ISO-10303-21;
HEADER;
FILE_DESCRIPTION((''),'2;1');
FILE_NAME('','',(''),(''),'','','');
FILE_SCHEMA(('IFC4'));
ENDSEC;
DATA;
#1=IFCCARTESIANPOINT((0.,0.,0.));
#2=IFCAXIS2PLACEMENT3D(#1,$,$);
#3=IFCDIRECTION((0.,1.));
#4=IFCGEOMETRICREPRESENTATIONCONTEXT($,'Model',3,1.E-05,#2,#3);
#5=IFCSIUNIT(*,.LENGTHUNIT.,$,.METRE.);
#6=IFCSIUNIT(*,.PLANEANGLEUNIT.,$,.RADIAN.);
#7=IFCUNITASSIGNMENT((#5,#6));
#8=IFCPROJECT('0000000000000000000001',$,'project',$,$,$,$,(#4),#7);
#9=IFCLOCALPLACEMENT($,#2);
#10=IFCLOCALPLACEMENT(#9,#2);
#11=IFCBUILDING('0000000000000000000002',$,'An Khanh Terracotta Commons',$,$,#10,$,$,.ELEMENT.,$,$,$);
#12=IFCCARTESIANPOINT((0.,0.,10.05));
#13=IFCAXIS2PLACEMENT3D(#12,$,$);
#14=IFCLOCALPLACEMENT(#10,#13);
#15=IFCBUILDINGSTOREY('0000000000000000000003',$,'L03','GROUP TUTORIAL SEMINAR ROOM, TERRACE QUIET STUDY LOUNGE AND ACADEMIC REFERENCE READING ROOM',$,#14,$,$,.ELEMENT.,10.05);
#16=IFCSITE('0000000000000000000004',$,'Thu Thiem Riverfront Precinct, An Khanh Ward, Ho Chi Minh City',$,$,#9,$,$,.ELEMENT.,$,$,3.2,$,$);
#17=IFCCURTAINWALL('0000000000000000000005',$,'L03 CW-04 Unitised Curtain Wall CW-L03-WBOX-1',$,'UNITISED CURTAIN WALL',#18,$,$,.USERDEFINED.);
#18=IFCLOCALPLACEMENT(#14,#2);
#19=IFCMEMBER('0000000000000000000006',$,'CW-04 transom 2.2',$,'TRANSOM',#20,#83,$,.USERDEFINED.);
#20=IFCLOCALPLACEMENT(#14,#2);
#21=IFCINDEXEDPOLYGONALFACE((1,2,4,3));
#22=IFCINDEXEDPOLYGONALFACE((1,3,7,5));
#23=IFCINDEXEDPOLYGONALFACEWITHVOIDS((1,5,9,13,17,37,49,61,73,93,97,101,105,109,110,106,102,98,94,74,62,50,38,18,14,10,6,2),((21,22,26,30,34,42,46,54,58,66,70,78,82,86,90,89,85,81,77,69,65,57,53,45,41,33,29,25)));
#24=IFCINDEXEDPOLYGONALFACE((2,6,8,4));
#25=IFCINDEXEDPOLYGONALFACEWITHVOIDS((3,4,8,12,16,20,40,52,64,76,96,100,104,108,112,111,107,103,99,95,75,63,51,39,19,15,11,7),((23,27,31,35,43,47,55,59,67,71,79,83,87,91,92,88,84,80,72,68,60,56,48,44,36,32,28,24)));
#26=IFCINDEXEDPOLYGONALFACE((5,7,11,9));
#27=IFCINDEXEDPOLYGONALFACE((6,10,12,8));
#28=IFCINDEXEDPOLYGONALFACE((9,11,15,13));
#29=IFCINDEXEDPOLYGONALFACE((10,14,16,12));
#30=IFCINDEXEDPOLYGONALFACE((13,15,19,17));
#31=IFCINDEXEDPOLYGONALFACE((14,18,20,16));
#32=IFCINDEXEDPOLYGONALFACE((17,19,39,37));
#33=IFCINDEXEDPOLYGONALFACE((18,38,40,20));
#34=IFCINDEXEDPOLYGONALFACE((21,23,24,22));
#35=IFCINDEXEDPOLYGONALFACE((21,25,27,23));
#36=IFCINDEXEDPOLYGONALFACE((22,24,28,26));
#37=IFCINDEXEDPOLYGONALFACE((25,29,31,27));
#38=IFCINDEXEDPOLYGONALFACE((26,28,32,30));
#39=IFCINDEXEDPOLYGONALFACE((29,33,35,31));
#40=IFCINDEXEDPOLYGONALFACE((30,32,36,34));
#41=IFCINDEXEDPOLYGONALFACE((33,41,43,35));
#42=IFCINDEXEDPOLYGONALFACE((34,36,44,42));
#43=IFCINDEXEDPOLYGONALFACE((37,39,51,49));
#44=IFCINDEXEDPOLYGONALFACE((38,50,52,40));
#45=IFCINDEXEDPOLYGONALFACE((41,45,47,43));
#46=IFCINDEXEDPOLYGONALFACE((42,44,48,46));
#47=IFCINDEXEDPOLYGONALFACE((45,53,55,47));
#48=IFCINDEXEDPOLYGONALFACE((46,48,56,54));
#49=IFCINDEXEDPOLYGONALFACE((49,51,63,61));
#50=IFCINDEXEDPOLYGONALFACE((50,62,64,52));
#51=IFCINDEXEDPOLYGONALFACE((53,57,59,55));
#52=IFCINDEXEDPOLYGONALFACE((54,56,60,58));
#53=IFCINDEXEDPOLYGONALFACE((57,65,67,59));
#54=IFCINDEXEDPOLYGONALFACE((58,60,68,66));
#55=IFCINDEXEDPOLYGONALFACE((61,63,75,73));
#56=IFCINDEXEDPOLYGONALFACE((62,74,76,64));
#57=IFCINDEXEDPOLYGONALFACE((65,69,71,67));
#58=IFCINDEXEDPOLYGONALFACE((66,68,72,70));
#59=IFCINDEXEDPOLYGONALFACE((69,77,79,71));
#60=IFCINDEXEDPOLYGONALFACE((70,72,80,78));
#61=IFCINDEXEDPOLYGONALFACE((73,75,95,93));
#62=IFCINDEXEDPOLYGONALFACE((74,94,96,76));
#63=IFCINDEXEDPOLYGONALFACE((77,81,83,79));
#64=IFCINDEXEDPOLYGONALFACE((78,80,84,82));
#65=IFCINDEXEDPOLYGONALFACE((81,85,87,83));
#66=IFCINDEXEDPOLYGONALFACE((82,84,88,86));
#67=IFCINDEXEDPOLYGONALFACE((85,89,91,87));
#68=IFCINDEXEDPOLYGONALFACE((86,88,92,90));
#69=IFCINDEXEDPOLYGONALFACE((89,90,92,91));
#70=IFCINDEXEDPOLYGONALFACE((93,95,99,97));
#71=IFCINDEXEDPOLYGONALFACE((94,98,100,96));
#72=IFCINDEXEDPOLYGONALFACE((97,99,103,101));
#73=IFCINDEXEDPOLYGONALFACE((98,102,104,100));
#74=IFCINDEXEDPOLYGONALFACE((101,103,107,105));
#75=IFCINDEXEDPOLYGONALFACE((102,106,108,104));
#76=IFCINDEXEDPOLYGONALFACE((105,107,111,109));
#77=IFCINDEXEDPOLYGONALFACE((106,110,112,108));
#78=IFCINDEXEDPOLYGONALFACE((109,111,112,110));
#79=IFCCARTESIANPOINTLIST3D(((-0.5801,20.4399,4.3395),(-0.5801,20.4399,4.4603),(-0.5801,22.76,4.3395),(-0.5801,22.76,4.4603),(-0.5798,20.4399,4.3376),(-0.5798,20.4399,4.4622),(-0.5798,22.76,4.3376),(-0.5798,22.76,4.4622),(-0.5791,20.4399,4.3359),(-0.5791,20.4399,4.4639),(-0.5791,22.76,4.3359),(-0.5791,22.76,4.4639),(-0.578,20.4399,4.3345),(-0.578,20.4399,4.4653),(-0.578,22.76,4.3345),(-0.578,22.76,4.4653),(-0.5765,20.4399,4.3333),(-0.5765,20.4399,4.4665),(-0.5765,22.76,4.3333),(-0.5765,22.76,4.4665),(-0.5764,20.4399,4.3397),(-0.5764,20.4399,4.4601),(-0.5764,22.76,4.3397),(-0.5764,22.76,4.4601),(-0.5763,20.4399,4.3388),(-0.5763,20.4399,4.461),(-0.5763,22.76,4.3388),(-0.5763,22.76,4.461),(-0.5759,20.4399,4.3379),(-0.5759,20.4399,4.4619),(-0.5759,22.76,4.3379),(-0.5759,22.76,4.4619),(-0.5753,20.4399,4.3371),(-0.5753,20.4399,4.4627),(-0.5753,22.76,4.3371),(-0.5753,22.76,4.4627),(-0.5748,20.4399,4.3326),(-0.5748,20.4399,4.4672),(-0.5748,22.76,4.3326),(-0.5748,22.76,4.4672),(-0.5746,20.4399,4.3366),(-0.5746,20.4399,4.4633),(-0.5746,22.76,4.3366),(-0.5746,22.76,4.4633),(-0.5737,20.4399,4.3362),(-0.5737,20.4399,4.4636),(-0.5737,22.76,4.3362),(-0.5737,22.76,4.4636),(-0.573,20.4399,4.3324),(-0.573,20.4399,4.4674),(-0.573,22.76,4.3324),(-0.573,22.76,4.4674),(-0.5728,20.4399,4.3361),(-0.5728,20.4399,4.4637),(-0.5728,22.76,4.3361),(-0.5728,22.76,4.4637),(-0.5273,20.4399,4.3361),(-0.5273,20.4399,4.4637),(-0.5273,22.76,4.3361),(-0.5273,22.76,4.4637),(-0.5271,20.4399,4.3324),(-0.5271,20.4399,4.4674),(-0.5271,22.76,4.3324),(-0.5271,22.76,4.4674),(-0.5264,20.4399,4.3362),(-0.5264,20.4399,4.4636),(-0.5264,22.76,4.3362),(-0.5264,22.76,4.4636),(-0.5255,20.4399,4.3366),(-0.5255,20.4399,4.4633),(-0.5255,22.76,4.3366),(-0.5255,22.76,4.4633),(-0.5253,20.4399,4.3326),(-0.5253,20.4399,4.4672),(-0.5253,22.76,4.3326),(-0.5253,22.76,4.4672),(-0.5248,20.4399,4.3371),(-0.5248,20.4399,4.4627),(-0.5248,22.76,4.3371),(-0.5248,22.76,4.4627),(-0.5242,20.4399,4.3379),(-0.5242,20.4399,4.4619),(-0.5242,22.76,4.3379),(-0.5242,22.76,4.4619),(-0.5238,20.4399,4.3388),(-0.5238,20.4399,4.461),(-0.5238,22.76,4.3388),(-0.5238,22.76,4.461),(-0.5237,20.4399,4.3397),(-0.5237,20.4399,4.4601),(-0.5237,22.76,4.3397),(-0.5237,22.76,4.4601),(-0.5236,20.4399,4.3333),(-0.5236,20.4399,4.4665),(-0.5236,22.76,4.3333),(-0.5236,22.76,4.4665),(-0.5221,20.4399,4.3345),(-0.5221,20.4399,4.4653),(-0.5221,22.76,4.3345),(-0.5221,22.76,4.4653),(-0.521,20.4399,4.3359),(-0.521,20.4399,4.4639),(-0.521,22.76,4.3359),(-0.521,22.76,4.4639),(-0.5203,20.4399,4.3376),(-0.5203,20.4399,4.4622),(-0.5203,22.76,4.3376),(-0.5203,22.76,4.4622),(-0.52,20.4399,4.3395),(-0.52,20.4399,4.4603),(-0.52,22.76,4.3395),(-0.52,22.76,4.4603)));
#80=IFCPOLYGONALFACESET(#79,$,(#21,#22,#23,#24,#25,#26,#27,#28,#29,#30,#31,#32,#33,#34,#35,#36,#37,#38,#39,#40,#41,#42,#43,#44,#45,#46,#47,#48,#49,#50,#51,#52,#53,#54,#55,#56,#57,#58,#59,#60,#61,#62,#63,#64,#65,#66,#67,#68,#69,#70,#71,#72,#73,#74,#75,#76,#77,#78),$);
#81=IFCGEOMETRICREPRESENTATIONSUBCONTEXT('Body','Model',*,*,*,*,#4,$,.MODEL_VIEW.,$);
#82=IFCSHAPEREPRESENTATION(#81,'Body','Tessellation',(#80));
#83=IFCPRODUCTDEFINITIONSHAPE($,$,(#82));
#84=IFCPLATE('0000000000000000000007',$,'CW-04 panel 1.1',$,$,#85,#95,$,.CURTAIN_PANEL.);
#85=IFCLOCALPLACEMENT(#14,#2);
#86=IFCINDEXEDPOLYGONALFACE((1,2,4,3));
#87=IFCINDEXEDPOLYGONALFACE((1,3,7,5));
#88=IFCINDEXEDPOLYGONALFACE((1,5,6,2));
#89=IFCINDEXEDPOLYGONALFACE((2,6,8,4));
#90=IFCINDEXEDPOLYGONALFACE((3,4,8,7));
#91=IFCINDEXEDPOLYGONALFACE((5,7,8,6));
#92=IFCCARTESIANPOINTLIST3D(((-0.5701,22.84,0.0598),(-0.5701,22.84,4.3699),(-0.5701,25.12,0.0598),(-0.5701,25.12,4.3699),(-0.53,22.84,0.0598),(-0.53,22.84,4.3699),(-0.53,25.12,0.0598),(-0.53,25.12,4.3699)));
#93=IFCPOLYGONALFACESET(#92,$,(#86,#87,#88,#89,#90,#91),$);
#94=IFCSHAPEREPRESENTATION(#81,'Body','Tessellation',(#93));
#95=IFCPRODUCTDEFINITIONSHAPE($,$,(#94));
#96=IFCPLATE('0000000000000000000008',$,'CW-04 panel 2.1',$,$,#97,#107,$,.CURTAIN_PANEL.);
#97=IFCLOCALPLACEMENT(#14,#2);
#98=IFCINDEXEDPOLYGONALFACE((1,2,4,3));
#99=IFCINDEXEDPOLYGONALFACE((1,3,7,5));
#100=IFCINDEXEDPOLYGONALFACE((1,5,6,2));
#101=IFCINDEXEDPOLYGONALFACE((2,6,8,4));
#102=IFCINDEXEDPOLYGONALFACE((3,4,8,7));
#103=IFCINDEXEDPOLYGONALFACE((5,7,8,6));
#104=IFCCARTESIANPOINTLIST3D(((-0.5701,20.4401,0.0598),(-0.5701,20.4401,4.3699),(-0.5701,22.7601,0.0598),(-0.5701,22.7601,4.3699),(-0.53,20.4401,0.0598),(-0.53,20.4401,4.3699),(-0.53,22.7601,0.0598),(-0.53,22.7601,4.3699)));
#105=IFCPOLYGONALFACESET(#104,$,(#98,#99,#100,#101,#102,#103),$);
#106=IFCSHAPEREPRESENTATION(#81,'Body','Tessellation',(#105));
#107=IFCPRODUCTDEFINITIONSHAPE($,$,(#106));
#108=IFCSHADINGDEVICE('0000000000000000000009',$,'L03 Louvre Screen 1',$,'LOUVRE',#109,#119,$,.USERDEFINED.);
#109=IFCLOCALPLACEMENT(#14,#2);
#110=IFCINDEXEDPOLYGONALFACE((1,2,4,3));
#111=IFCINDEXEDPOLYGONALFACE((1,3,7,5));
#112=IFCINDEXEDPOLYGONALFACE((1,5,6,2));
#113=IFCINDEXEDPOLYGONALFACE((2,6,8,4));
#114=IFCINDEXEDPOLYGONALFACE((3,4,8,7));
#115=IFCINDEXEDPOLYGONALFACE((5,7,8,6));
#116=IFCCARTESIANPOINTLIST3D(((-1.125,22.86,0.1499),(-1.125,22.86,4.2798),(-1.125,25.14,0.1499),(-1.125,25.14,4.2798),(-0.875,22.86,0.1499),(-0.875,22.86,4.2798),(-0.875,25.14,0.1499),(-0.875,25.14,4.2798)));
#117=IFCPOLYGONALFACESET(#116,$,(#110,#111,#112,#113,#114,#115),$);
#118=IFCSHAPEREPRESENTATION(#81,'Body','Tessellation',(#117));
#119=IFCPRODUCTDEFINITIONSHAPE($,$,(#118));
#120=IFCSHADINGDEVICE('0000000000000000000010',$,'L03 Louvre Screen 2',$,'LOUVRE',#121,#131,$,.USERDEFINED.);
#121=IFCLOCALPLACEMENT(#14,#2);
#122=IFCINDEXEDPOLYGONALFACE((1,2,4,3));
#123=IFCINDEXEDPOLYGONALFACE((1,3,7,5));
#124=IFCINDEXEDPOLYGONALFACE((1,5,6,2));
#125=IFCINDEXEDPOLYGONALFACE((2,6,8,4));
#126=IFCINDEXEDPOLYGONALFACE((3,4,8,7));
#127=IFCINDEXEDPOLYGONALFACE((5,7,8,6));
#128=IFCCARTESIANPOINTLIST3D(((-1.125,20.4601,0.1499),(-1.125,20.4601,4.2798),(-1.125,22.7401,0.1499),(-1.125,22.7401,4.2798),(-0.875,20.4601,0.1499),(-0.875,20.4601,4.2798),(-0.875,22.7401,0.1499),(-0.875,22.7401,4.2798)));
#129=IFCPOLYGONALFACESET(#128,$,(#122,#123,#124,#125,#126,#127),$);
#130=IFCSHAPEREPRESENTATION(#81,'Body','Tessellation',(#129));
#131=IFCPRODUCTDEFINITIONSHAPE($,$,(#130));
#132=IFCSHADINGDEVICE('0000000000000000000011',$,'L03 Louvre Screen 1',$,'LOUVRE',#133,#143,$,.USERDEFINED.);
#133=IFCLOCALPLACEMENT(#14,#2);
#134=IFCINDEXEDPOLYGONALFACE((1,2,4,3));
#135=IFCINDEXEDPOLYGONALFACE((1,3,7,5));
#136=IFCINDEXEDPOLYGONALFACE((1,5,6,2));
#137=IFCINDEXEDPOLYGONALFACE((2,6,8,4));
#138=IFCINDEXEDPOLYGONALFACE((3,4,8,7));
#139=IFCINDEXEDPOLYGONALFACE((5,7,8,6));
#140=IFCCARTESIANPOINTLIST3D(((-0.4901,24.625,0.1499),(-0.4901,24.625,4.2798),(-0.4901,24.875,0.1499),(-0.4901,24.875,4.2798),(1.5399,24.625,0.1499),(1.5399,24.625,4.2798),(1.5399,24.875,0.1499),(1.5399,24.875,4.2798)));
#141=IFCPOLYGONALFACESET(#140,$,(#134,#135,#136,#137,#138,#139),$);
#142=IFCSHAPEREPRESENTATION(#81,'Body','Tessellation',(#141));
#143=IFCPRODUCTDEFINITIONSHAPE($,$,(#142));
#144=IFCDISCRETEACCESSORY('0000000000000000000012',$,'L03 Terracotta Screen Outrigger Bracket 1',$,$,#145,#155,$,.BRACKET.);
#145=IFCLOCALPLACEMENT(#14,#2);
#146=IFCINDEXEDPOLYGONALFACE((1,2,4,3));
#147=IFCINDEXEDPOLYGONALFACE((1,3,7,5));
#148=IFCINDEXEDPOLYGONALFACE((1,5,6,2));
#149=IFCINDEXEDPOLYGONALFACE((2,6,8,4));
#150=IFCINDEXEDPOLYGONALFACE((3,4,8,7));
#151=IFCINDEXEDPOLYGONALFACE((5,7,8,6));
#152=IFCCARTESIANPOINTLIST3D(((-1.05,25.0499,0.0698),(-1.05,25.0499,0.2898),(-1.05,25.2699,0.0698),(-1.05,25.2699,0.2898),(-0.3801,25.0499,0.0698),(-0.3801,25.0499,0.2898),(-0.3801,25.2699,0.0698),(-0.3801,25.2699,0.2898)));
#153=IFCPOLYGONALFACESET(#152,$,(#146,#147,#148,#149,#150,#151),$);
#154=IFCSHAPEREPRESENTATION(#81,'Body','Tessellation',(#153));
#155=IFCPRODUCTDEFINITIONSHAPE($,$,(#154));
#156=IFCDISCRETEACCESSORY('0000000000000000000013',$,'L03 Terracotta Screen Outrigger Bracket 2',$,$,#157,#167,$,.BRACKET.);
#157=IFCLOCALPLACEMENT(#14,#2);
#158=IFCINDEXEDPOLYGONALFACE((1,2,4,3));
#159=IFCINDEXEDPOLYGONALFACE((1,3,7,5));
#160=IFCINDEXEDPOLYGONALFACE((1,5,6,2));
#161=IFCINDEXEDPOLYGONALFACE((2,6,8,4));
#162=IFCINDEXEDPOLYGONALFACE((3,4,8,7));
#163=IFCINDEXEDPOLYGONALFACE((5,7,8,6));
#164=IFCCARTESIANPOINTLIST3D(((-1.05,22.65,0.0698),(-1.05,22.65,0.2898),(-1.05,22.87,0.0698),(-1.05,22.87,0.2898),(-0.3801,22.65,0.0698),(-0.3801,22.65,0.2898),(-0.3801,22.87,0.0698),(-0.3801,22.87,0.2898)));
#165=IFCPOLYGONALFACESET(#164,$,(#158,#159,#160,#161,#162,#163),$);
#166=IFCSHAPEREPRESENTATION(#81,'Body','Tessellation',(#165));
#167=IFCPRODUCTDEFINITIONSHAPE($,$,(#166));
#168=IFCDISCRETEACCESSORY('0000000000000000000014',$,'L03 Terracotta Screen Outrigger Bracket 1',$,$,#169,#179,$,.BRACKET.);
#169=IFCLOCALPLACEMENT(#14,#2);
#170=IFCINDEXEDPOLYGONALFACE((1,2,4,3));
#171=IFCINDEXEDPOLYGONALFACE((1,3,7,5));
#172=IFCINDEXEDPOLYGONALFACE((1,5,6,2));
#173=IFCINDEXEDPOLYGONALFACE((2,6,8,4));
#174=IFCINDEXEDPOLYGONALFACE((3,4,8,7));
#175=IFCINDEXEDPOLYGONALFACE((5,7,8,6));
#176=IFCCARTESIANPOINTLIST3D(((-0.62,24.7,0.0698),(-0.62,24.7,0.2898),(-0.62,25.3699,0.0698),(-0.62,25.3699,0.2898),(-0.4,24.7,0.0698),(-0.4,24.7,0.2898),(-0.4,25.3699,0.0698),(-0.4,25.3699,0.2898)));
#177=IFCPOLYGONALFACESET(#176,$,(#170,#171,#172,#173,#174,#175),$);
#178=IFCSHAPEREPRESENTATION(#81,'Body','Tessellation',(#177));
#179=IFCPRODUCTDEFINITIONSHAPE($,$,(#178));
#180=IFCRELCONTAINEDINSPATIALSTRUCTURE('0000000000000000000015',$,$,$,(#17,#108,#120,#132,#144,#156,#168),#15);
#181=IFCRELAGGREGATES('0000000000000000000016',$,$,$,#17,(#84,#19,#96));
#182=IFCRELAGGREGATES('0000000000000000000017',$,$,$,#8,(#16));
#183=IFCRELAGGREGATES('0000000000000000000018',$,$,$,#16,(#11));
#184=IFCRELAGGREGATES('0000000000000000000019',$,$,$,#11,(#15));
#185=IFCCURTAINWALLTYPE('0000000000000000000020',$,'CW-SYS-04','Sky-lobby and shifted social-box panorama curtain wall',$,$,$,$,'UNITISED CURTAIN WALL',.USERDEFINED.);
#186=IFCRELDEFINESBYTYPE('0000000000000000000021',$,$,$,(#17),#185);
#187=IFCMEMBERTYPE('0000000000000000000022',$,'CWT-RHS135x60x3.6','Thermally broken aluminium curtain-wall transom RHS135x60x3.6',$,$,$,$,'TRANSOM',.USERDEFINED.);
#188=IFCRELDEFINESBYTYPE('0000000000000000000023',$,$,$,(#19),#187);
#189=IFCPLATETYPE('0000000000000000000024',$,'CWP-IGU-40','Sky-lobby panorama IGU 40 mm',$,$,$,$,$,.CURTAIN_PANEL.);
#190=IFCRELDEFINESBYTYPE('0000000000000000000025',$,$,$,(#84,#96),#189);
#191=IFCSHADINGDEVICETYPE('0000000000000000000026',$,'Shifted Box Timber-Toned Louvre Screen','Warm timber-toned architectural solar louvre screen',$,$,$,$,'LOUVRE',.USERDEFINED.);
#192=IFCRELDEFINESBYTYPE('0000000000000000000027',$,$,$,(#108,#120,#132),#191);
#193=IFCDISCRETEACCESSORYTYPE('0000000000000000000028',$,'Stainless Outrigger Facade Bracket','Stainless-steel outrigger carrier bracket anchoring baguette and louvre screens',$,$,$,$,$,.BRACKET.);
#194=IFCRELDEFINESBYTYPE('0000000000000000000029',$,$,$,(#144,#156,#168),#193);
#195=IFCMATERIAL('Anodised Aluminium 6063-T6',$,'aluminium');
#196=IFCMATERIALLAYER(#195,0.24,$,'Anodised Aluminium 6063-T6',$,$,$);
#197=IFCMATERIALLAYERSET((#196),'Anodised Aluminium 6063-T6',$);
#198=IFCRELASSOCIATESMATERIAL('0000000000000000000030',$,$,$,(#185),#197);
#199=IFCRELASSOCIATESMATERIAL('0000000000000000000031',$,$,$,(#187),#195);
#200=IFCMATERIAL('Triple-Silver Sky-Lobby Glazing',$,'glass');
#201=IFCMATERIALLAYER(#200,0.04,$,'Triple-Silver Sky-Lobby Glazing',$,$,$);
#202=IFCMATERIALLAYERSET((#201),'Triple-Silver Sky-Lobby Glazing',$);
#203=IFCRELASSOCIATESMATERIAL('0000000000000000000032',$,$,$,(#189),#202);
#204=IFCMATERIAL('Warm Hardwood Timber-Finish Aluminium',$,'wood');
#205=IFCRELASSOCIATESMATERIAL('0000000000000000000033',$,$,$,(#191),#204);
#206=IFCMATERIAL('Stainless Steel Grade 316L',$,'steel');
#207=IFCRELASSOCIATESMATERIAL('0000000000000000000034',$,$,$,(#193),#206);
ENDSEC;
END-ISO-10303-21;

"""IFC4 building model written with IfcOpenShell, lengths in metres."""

from ifc_helpers import new_model, si_unit, direction, frame, origin, origin_2d, place, context, subcontext, project, spatial, rectangle, hollow_rectangle, extrude, material, layer, layer_set, material_profile, profile_set, type_object, element, aggregate, save


model = new_model("IFC4")

# Units and contexts
model_context = context("Model", 3, precision=1e-05, world=origin(), true_north=direction((0.0, 1.0)))
body_context = subcontext(model_context, "Body", "Model", "MODEL_VIEW")
ifc_project = project(units=[si_unit("LENGTHUNIT", "METRE"), si_unit("PLANEANGLEUNIT", "RADIAN")], contexts=[model_context])

# Site, building, storey
site_placement = place(None, origin())
site = spatial("IfcSite", under=ifc_project, at=site_placement, Name="Thu Thiem Riverfront Precinct, An Khanh Ward, Ho Chi Minh City", CompositionType="ELEMENT", RefElevation=3.2)
building_placement = place(site_placement, origin())
building = spatial("IfcBuilding", under=site, at=building_placement, Name="An Khanh Terracotta Commons", CompositionType="ELEMENT")
storey_placement = place(building_placement, frame((0.0, 0.0, 10.05)))
storey = spatial("IfcBuildingStorey", under=building, at=storey_placement, Name="L03", Description="GROUP TUTORIAL SEMINAR ROOM, TERRACE QUIET STUDY LOUNGE AND ACADEMIC REFERENCE READING ROOM", CompositionType="ELEMENT", Elevation=10.05)

# Curtain wall, member, plates
ifc_material_1 = material(Name="Anodised Aluminium 6063-T6", Category="aluminium")
ifc_layer_1 = layer(ifc_material_1, 0.24, Name="Anodised Aluminium 6063-T6")
ifc_layer_set_1 = layer_set([ifc_layer_1], Name="Anodised Aluminium 6063-T6")
curtain_wall_type = type_object("IfcCurtainWallType", Name="CW-SYS-04", Description="Sky-lobby and shifted social-box panorama curtain wall", ElementType="UNITISED CURTAIN WALL", PredefinedType="USERDEFINED", material=ifc_layer_set_1)
curtain_wall_placement = place(storey_placement, origin())
curtain_wall = element("IfcCurtainWall", 1, at=curtain_wall_placement, inside=storey, type_object=curtain_wall_type, Name="L03 CW-04 Unitised Curtain Wall CW-L03-WBOX-1", ObjectType="UNITISED CURTAIN WALL", PredefinedType="USERDEFINED")
ifc_material_profile_1 = material_profile(ifc_material_1, hollow_rectangle(XDim=0.0601, YDim=0.135, WallThickness=0.0037, InnerFilletRadius=0.0037, OuterFilletRadius=0.0071, at=origin_2d()), Name="RHS135x60x3.6")
ifc_profile_set_1 = profile_set([ifc_material_profile_1], Name="Anodised Aluminium 6063-T6")
member_type_1 = type_object("IfcMemberType", Name="CWT-RHS135x60x3.6", Description="Thermally broken aluminium curtain-wall transom RHS135x60x3.6", ElementType="TRANSOM", PredefinedType="USERDEFINED", material=ifc_profile_set_1)
member_1_placement = place(storey_placement, frame((-0.55, 22.76, 4.3999), z_axis=(0.0, -1.0, 0.0), x_axis=(1.0, 0.0, 0.0)))
member_1 = element("IfcMember", 2, at=member_1_placement, type_object=member_type_1, Name="CW-04 transom 2.2", ObjectType="TRANSOM", PredefinedType="USERDEFINED", context=body_context, shape_type="SweptSolid", body=[
    extrude(hollow_rectangle(XDim=0.0601, YDim=0.135, WallThickness=0.0037, InnerFilletRadius=0.0037, OuterFilletRadius=0.0071, at=origin_2d()), origin(), (0.0, 0.0, 1.0), 2.3201),
])
ifc_material_2 = material(Name="Triple-Silver Sky-Lobby Glazing", Category="glass")
ifc_layer_2 = layer(ifc_material_2, 0.04, Name="Triple-Silver Sky-Lobby Glazing")
ifc_layer_set_2 = layer_set([ifc_layer_2], Name="Triple-Silver Sky-Lobby Glazing")
plate_type = type_object("IfcPlateType", Name="CWP-IGU-40", Description="Sky-lobby panorama IGU 40 mm", PredefinedType="CURTAIN_PANEL", material=ifc_layer_set_2)
plate_1_placement = place(storey_placement, frame((-0.55, 23.98, 0.0598), z_axis=(0.0, 0.0, 1.0), x_axis=(0.0, -1.0, 0.0)))
plate_1 = element("IfcPlate", 3, at=plate_1_placement, type_object=plate_type, Name="CW-04 panel 1.1", PredefinedType="CURTAIN_PANEL", context=body_context, shape_type="SweptSolid", body=[
    extrude(rectangle(XDim=2.28, YDim=0.04, at=origin_2d()), origin(), (0.0, 0.0, 1.0), 4.3101),
])
plate_2_placement = place(storey_placement, frame((-0.55, 21.6001, 0.0598), z_axis=(0.0, 0.0, 1.0), x_axis=(0.0, -1.0, 0.0)))
plate_2 = element("IfcPlate", 4, at=plate_2_placement, type_object=plate_type, Name="CW-04 panel 2.1", PredefinedType="CURTAIN_PANEL", context=body_context, shape_type="SweptSolid", body=[
    extrude(rectangle(XDim=2.3201, YDim=0.04, at=origin_2d()), origin(), (0.0, 0.0, 1.0), 4.3101),
])
aggregate(curtain_wall, [plate_1, member_1, plate_2])

# Shading devices
ifc_material_3 = material(Name="Warm Hardwood Timber-Finish Aluminium", Category="wood")
shading_device_type = type_object("IfcShadingDeviceType", Name="Shifted Box Timber-Toned Louvre Screen", Description="Warm timber-toned architectural solar louvre screen", ElementType="LOUVRE", PredefinedType="USERDEFINED", material=ifc_material_3)
for number, where, z_axis, x_axis, name in (
    (5, (-1.0, 24.0, 0.1499), (0.0, 0.0, 1.0), (0.0, -1.0, 0.0), "L03 Louvre Screen 1"),
    (6, (-1.0, 21.6001, 0.1499), (0.0, 0.0, 1.0), (0.0, -1.0, 0.0), "L03 Louvre Screen 2"),
):
    element("IfcShadingDevice", number, at=place(storey_placement, frame(where, z_axis=z_axis, x_axis=x_axis)), inside=storey, type_object=shading_device_type, Name=name, ObjectType="LOUVRE", PredefinedType="USERDEFINED", context=body_context, shape_type="SweptSolid", body=[
        extrude(rectangle(XDim=2.28, YDim=0.25, at=origin_2d()), origin(), (0.0, 0.0, 1.0), 4.1299),
    ])
shading_device_placement = place(storey_placement, frame((0.5249, 24.75, 0.1499), z_axis=(0.0, 0.0, 1.0), x_axis=(1.0, 0.0, 0.0)))
element("IfcShadingDevice", 7, at=shading_device_placement, inside=storey, type_object=shading_device_type, Name="L03 Louvre Screen 1", ObjectType="LOUVRE", PredefinedType="USERDEFINED", context=body_context, shape_type="SweptSolid", body=[
    extrude(rectangle(XDim=2.03, YDim=0.25, at=origin_2d()), origin(), (0.0, 0.0, 1.0), 4.1299),
])

# Discrete accessories
ifc_material_4 = material(Name="Stainless Steel Grade 316L", Category="steel")
discrete_accessory_type = type_object("IfcDiscreteAccessoryType", Name="Stainless Outrigger Facade Bracket", Description="Stainless-steel outrigger carrier bracket anchoring baguette and louvre screens", PredefinedType="BRACKET", material=ifc_material_4)
for number, where, z_axis, x_axis, name in (
    (8, (-0.7151, 25.1599, 0.0698), (0.0, 0.0, 1.0), (0.0, -1.0, 0.0), "L03 Terracotta Screen Outrigger Bracket 1"),
    (9, (-0.7151, 22.76, 0.0698), (0.0, 0.0, 1.0), (0.0, -1.0, 0.0), "L03 Terracotta Screen Outrigger Bracket 2"),
    (10, (-0.51, 25.0349, 0.0698), (0.0, 0.0, 1.0), (1.0, 0.0, 0.0), "L03 Terracotta Screen Outrigger Bracket 1"),
):
    element("IfcDiscreteAccessory", number, at=place(storey_placement, frame(where, z_axis=z_axis, x_axis=x_axis)), inside=storey, type_object=discrete_accessory_type, Name=name, PredefinedType="BRACKET", context=body_context, shape_type="SweptSolid", body=[
        extrude(rectangle(XDim=0.22, YDim=0.6699, at=origin_2d()), origin(), (0.0, 0.0, 1.0), 0.22),
    ])

save(model, "model.ifc")
